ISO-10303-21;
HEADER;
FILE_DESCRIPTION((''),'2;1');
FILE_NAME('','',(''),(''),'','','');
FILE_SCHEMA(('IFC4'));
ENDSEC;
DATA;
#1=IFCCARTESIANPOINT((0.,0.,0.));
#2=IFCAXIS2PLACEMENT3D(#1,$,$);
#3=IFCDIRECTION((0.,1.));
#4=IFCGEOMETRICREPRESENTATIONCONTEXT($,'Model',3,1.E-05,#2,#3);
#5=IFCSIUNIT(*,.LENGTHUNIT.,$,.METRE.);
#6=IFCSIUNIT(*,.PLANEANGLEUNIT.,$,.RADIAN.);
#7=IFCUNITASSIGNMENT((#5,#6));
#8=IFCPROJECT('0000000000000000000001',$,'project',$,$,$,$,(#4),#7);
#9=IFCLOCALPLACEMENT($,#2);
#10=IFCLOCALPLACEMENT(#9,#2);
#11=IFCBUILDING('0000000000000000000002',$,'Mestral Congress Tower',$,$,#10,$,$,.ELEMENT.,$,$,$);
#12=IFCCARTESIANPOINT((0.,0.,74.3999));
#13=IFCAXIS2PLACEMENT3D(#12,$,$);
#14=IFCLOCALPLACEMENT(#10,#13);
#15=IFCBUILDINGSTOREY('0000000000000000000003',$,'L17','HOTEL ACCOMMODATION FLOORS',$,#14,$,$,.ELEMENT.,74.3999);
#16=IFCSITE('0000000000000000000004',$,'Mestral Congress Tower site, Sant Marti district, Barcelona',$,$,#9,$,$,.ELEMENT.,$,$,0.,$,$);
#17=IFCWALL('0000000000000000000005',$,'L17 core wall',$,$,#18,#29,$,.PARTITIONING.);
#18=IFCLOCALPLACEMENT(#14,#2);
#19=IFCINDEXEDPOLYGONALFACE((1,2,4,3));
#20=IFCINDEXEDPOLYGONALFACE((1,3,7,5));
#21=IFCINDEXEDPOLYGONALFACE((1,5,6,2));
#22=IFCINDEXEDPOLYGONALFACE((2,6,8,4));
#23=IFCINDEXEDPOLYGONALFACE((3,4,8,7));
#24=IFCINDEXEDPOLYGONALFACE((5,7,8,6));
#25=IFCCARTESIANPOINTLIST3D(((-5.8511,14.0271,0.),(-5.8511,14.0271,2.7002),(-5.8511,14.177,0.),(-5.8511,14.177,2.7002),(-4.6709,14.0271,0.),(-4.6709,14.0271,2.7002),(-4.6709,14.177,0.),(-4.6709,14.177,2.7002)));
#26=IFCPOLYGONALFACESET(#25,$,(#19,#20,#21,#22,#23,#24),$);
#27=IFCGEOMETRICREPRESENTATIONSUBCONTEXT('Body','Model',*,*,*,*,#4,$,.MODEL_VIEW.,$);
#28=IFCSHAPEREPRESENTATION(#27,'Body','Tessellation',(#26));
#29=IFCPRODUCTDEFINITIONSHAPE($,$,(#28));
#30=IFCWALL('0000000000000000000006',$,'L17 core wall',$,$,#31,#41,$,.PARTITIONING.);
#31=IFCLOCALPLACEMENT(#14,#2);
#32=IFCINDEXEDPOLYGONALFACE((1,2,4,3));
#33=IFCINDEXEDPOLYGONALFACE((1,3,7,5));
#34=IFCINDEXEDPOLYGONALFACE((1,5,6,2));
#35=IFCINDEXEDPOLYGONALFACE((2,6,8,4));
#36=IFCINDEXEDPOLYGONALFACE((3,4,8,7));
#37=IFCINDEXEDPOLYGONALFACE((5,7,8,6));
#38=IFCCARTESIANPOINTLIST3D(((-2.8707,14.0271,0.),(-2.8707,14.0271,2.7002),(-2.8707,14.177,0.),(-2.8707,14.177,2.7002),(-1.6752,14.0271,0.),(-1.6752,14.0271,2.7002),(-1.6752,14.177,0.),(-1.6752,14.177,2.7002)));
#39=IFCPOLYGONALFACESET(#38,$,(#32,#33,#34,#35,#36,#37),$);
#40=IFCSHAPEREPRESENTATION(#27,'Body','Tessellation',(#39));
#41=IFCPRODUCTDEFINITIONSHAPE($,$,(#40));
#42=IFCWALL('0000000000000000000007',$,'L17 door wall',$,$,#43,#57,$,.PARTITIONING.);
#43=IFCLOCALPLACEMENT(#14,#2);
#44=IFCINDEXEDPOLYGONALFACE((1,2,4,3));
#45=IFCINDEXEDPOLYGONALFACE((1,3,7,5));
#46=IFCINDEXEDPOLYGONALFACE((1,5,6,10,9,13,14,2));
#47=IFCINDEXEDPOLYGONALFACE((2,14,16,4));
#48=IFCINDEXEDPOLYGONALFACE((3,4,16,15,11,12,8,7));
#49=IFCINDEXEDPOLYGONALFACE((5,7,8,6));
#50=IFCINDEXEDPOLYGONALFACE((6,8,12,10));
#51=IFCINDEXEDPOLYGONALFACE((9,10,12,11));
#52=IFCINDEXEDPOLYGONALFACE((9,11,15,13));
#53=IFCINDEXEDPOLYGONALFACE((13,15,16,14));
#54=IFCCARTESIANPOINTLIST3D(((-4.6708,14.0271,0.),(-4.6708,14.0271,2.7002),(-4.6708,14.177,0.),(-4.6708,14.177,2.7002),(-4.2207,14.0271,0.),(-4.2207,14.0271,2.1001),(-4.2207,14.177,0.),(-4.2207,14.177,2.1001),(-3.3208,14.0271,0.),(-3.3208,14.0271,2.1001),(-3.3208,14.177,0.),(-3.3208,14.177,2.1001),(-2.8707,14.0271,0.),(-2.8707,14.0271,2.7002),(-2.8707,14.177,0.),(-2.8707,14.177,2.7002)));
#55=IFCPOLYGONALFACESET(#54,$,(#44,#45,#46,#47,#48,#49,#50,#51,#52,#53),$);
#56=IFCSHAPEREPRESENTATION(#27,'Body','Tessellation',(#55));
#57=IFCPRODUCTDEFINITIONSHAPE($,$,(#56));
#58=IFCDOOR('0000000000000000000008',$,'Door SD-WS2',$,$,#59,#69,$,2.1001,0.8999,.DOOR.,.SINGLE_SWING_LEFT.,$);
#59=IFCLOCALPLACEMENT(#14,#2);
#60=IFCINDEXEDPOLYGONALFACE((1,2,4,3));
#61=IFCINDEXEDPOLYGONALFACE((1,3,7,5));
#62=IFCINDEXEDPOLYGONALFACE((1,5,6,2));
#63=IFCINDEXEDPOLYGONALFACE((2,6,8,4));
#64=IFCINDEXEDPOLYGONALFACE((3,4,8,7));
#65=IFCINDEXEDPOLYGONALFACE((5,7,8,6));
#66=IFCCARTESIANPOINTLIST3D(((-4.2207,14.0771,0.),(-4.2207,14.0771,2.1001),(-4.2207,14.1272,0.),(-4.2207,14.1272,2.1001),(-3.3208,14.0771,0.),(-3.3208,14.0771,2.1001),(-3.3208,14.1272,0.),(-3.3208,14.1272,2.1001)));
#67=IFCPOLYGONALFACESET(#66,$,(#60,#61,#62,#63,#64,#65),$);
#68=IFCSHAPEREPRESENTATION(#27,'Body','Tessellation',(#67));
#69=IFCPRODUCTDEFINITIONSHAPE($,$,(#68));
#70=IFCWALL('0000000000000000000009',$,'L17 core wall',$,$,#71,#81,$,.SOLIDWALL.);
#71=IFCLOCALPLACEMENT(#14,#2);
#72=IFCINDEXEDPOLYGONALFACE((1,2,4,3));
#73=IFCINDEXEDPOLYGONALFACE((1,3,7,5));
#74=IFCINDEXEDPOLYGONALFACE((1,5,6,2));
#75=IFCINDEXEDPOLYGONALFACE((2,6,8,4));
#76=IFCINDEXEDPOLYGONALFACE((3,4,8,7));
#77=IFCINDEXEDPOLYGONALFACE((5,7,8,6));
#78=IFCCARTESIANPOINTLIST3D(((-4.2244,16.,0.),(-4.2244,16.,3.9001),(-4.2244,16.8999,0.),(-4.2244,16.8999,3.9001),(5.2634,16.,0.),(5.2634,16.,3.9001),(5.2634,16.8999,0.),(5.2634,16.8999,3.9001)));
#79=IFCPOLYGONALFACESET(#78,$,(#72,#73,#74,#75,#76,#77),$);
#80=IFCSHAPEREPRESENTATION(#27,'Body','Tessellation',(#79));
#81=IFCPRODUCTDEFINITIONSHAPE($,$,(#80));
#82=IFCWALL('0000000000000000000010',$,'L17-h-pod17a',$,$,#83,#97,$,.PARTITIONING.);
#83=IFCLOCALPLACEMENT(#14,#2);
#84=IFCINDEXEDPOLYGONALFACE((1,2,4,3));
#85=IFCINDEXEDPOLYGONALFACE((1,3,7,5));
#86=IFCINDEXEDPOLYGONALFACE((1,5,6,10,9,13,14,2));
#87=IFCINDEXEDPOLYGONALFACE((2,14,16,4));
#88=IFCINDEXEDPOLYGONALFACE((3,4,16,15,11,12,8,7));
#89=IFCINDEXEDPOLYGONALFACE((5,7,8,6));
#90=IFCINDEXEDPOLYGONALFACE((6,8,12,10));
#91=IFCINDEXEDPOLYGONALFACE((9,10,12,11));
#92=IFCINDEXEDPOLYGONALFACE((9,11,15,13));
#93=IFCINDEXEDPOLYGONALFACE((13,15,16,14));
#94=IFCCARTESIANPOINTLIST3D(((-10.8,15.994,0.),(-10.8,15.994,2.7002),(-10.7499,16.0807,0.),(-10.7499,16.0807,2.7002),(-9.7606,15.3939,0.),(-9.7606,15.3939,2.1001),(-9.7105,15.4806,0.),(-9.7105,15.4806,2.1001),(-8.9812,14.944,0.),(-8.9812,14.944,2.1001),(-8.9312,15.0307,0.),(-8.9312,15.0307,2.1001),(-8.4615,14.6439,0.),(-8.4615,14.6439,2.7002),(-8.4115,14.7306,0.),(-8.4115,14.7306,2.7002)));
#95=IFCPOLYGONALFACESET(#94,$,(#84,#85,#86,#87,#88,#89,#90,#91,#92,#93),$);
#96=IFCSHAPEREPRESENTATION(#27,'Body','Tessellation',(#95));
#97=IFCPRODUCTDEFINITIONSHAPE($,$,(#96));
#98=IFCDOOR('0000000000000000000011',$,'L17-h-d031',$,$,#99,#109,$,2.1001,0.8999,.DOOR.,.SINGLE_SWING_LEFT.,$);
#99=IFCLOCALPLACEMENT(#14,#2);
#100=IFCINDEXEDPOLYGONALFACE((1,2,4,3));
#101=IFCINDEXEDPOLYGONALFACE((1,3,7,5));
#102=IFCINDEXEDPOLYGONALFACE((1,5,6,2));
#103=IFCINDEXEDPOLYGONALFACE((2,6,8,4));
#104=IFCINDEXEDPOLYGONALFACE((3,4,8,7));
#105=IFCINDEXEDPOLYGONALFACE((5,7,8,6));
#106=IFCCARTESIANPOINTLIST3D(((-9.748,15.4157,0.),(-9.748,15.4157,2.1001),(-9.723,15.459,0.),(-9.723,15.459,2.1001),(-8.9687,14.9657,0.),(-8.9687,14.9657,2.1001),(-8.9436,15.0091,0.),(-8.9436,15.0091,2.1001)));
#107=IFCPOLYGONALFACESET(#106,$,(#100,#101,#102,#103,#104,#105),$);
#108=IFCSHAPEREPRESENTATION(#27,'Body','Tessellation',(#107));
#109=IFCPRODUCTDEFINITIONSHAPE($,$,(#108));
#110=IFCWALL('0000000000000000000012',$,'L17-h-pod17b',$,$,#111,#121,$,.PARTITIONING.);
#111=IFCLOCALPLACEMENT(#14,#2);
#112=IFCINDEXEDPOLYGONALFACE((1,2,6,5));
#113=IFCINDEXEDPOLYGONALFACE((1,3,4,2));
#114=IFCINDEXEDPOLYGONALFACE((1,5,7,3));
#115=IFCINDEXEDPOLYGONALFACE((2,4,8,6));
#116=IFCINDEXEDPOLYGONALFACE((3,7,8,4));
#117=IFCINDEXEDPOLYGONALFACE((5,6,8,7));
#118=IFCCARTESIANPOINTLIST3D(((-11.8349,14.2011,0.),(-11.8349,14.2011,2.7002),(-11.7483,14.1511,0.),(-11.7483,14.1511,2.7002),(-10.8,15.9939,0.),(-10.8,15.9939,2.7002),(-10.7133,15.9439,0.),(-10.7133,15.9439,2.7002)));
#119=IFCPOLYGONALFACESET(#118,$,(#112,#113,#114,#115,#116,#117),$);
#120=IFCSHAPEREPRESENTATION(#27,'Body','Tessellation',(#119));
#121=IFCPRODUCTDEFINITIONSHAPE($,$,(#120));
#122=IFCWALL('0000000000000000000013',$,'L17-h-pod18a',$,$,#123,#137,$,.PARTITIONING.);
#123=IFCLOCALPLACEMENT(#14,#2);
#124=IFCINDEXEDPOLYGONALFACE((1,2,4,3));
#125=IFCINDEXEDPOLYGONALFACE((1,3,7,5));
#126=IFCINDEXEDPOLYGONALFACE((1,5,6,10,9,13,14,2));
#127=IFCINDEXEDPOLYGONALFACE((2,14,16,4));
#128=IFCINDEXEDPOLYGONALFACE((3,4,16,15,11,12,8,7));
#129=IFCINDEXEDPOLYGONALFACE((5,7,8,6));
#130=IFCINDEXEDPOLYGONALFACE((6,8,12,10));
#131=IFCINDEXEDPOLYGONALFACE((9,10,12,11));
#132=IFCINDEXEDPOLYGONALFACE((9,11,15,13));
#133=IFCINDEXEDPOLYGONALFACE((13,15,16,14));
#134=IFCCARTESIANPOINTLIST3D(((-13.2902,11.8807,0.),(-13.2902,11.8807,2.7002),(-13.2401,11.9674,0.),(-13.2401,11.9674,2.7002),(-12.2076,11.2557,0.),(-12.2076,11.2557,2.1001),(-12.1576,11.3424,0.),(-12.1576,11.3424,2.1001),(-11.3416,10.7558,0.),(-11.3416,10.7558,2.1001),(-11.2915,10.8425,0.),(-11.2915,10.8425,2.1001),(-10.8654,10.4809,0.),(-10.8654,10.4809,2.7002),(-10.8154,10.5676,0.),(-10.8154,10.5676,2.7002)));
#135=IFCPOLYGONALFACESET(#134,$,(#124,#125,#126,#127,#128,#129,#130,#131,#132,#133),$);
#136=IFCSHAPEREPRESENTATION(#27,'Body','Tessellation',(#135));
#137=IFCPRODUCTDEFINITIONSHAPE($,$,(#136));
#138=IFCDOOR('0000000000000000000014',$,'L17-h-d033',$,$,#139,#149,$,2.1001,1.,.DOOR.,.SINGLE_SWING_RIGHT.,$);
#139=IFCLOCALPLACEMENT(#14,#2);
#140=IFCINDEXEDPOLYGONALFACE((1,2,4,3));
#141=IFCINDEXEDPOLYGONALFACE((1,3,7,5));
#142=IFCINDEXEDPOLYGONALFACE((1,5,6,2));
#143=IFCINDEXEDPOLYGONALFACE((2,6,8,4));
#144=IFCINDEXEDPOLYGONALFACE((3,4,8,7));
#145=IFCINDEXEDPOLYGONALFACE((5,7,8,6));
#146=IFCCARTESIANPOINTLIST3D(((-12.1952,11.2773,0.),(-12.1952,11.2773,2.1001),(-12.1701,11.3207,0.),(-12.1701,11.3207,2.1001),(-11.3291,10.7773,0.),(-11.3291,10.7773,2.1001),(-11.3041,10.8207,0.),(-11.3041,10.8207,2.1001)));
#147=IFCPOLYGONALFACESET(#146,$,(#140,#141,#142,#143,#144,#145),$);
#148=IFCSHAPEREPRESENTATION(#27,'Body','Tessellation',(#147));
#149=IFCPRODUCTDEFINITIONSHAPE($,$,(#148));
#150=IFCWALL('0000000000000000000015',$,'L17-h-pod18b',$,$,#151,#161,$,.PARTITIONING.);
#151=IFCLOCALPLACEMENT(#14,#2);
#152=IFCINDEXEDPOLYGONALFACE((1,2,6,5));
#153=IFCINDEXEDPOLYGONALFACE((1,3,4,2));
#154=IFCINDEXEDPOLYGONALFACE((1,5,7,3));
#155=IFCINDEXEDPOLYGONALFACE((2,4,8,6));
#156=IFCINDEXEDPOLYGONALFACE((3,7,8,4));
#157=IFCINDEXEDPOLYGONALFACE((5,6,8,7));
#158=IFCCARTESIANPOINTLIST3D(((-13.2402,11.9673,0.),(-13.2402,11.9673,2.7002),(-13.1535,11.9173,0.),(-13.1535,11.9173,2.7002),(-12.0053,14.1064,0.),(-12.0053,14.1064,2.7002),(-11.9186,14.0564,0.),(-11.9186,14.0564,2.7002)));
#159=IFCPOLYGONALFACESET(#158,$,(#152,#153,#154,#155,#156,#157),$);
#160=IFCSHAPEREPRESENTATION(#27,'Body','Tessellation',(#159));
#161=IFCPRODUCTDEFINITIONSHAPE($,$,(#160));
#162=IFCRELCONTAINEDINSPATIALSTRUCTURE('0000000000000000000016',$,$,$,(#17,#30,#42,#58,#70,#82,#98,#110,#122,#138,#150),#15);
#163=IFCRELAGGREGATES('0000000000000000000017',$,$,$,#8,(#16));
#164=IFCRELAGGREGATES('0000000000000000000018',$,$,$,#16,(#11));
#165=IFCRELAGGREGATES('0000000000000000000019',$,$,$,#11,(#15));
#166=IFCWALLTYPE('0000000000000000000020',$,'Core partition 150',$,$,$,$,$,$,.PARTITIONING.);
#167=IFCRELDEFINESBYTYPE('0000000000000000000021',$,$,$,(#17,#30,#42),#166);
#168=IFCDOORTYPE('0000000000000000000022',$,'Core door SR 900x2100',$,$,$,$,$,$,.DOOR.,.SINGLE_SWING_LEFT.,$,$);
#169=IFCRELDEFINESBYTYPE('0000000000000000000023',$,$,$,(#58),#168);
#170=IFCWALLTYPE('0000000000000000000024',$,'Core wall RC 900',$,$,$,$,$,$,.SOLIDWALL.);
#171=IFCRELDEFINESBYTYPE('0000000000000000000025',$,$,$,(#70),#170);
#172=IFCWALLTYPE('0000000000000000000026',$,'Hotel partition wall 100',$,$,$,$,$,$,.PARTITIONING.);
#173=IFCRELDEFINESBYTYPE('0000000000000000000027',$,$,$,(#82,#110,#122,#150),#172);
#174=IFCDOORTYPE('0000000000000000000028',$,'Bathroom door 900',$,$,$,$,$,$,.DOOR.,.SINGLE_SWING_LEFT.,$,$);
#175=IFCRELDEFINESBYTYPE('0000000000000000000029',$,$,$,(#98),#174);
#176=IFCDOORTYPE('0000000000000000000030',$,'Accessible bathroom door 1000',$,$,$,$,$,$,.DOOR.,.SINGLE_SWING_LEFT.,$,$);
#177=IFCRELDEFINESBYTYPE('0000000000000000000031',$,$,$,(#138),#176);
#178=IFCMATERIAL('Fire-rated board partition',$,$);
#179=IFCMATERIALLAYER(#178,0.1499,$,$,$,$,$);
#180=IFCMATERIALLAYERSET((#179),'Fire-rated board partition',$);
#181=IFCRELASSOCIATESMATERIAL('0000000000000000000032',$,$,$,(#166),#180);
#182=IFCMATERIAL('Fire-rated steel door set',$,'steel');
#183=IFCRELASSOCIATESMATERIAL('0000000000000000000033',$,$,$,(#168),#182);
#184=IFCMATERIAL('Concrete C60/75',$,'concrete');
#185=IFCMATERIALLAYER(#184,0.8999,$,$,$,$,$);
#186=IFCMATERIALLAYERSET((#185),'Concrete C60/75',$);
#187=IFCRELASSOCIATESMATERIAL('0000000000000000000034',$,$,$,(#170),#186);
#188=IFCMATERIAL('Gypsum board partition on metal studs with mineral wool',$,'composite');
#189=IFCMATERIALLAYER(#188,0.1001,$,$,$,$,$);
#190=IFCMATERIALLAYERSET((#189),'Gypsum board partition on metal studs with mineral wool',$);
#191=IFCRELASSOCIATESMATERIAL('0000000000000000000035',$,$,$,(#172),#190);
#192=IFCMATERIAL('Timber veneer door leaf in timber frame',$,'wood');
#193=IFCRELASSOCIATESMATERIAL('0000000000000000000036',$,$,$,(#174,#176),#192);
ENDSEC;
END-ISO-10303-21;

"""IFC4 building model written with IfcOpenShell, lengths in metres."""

from ifc_helpers import new_model, si_unit, direction, frame, frame_2d, origin, place, context, subcontext, project, spatial, rectangle, extrude, material, layer, layer_set, type_object, element, fill, save


model = new_model("IFC4")

# Units and contexts
model_context = context("Model", 3, precision=1e-05, world=origin(), true_north=direction((0.0, 1.0)))
body_context = subcontext(model_context, "Body", "Model", "MODEL_VIEW")
ifc_project = project(units=[si_unit("LENGTHUNIT", "METRE"), si_unit("PLANEANGLEUNIT", "RADIAN")], contexts=[model_context])

# Site, building, storey
site_placement = place(None, origin())
site = spatial("IfcSite", under=ifc_project, at=site_placement, Name="Mestral Congress Tower site, Sant Marti district, Barcelona", CompositionType="ELEMENT", RefElevation=0.0)
building_placement = place(site_placement, origin())
building = spatial("IfcBuilding", under=site, at=building_placement, Name="Mestral Congress Tower", CompositionType="ELEMENT")
storey_placement = place(building_placement, frame((0.0, 0.0, 74.3999)))
storey = spatial("IfcBuildingStorey", under=building, at=storey_placement, Name="L17", Description="HOTEL ACCOMMODATION FLOORS", CompositionType="ELEMENT", Elevation=74.3999)

# Walls
ifc_material_1 = material(Name="Fire-rated board partition")
ifc_layer_1 = layer(ifc_material_1, 0.1499)
ifc_layer_set_1 = layer_set([ifc_layer_1], Name="Fire-rated board partition")
wall_type_1 = type_object("IfcWallType", Name="Core partition 150", PredefinedType="PARTITIONING", material=ifc_layer_set_1)
wall_1_placement = place(storey_placement, frame((-5.8511, 14.1021, 0.0), z_axis=(0.0, 0.0, 1.0), x_axis=(1.0, 0.0, 0.0)))
element("IfcWall", 1, at=wall_1_placement, inside=storey, type_object=wall_type_1, Name="L17 core wall", PredefinedType="PARTITIONING", context=body_context, shape_type="SweptSolid", body=[
    extrude(rectangle(XDim=1.1802, YDim=0.1499, at=frame_2d((0.5901, 0.0))), origin(), (0.0, 0.0, 1.0), 2.7002),
])
wall_2_placement = place(storey_placement, frame((-2.8706, 14.1021, 0.0), z_axis=(0.0, 0.0, 1.0), x_axis=(1.0, 0.0, 0.0)))
element("IfcWall", 2, at=wall_2_placement, inside=storey, type_object=wall_type_1, Name="L17 core wall", PredefinedType="PARTITIONING", context=body_context, shape_type="SweptSolid", body=[
    extrude(rectangle(XDim=1.1956, YDim=0.1499, at=frame_2d((0.5977, 0.0))), origin(), (0.0, 0.0, 1.0), 2.7002),
])

# Wall, opening, door
wall_3_placement = place(storey_placement, frame((-2.8708, 14.1021, 0.0), z_axis=(0.0, 0.0, 1.0), x_axis=(-1.0, 0.0, 0.0)))
wall_3 = element("IfcWall", 3, at=wall_3_placement, inside=storey, type_object=wall_type_1, Name="L17 door wall", PredefinedType="PARTITIONING", context=body_context, shape_type="SweptSolid", body=[
    extrude(rectangle(XDim=1.8, YDim=0.1499, at=frame_2d((0.8999, 0.0))), origin(), (0.0, 0.0, 1.0), 2.7002),
])
opening_1_placement = place(wall_3_placement, frame((0.45, 0.0, 0.0)))
opening_1 = element("IfcOpeningElement", 4, at=opening_1_placement, cuts=wall_3, PredefinedType="OPENING", context=body_context, shape_type="SweptSolid", body=[
    extrude(rectangle(XDim=0.8999, YDim=2.1001, at=frame_2d((0.45, 1.05))), frame((0.0, 0.085, 0.0), z_axis=(0.0, -1.0, 0.0), x_axis=(1.0, 0.0, 0.0)), (0.0, 0.0, 1.0), 0.1699),
])
ifc_material_2 = material(Name="Fire-rated steel door set", Category="steel")
door_type_1 = type_object("IfcDoorType", Name="Core door SR 900x2100", OperationType="SINGLE_SWING_LEFT", PredefinedType="DOOR", material=ifc_material_2)
door_1_placement = place(opening_1_placement, origin())
door_1 = element("IfcDoor", 5, at=door_1_placement, inside=storey, type_object=door_type_1, Name="Door SD-WS2", OperationType="SINGLE_SWING_LEFT", OverallHeight=2.1001, OverallWidth=0.8999, PredefinedType="DOOR", context=body_context, shape_type="SweptSolid", body=[
    extrude(rectangle(XDim=0.8999, YDim=2.1001, at=frame_2d((0.45, 1.05))), frame((0.0, 0.0249, 0.0), z_axis=(0.0, -1.0, 0.0), x_axis=(1.0, 0.0, 0.0)), (0.0, 0.0, 1.0), 0.05),
])
fill(opening_1, door_1)

# Wall
ifc_material_3 = material(Name="Concrete C60/75", Category="concrete")
ifc_layer_2 = layer(ifc_material_3, 0.8999)
ifc_layer_set_2 = layer_set([ifc_layer_2], Name="Concrete C60/75")
wall_type_2 = type_object("IfcWallType", Name="Core wall RC 900", PredefinedType="SOLIDWALL", material=ifc_layer_set_2)
wall_4_placement = place(storey_placement, frame((-4.2244, 16.45, 0.0), z_axis=(0.0, 0.0, 1.0), x_axis=(1.0, 0.0, 0.0)))
element("IfcWall", 6, at=wall_4_placement, inside=storey, type_object=wall_type_2, Name="L17 core wall", PredefinedType="SOLIDWALL", context=body_context, shape_type="SweptSolid", body=[
    extrude(rectangle(XDim=9.4878, YDim=0.8999, at=frame_2d((4.7439, 0.0))), origin(), (0.0, 0.0, 1.0), 3.9001),
])

# Wall, opening, door
ifc_material_4 = material(Name="Gypsum board partition on metal studs with mineral wool", Category="composite")
ifc_layer_3 = layer(ifc_material_4, 0.1001)
ifc_layer_set_3 = layer_set([ifc_layer_3], Name="Gypsum board partition on metal studs with mineral wool")
wall_type_3 = type_object("IfcWallType", Name="Hotel partition wall 100", PredefinedType="PARTITIONING", material=ifc_layer_set_3)
wall_5_placement = place(storey_placement, frame((-8.4365, 14.6873, 0.0), z_axis=(0.0, 0.0, 1.0), x_axis=(-0.86602, 0.500009, 0.0)))
wall_5 = element("IfcWall", 7, at=wall_5_placement, inside=storey, type_object=wall_type_3, Name="L17-h-pod17a", PredefinedType="PARTITIONING", context=body_context, shape_type="SweptSolid", body=[
    extrude(rectangle(XDim=2.7002, YDim=0.1001, at=frame_2d((1.3501, 0.0))), origin(), (0.0, 0.0, 1.0), 2.7002),
])
opening_2_placement = place(wall_5_placement, frame((0.6001, 0.0, 0.0)))
opening_2 = element("IfcOpeningElement", 8, at=opening_2_placement, cuts=wall_5, PredefinedType="OPENING", context=body_context, shape_type="SweptSolid", body=[
    extrude(rectangle(XDim=0.8999, YDim=2.1001, at=frame_2d((0.45, 1.05))), frame((0.0, 0.0601, 0.0), z_axis=(0.0, -1.0, 0.0), x_axis=(1.0, 0.0, 0.0)), (0.0, 0.0, 1.0), 0.1201),
])
ifc_material_5 = material(Name="Timber veneer door leaf in timber frame", Category="wood")
door_type_2 = type_object("IfcDoorType", Name="Bathroom door 900", OperationType="SINGLE_SWING_LEFT", PredefinedType="DOOR", material=ifc_material_5)
door_2_placement = place(opening_2_placement, origin())
door_2 = element("IfcDoor", 9, at=door_2_placement, inside=storey, type_object=door_type_2, Name="L17-h-d031", OperationType="SINGLE_SWING_LEFT", OverallHeight=2.1001, OverallWidth=0.8999, PredefinedType="DOOR", context=body_context, shape_type="SweptSolid", body=[
    extrude(rectangle(XDim=0.8999, YDim=2.1001, at=frame_2d((0.45, 1.05))), frame((0.0, 0.0249, 0.0), z_axis=(0.0, -1.0, 0.0), x_axis=(1.0, 0.0, 0.0)), (0.0, 0.0, 1.0), 0.05),
])
fill(opening_2, door_2)

# Wall
wall_6_placement = place(storey_placement, frame((-10.7566, 15.969, 0.0), z_axis=(0.0, 0.0, 1.0), x_axis=(-0.499957, -0.86605, 0.0)))
element("IfcWall", 10, at=wall_6_placement, inside=storey, type_object=wall_type_3, Name="L17-h-pod17b", PredefinedType="PARTITIONING", context=body_context, shape_type="SweptSolid", body=[
    extrude(rectangle(XDim=2.0701, YDim=0.1001, at=frame_2d((1.0352, 0.0))), origin(), (0.0, 0.0, 1.0), 2.7002),
])

# Wall, opening, door
wall_7_placement = place(storey_placement, frame((-13.2651, 11.9241, 0.0), z_axis=(0.0, 0.0, 1.0), x_axis=(0.866035, -0.499984, 0.0)))
wall_7 = element("IfcWall", 11, at=wall_7_placement, inside=storey, type_object=wall_type_3, Name="L17-h-pod18a", PredefinedType="PARTITIONING", context=body_context, shape_type="SweptSolid", body=[
    extrude(rectangle(XDim=2.7998, YDim=0.1001, at=frame_2d((1.3999, 0.0))), origin(), (0.0, 0.0, 1.0), 2.7002),
])
opening_3_placement = place(wall_7_placement, frame((1.25, 0.0, 0.0)))
opening_3 = element("IfcOpeningElement", 12, at=opening_3_placement, cuts=wall_7, PredefinedType="OPENING", context=body_context, shape_type="SweptSolid", body=[
    extrude(rectangle(XDim=1.0, YDim=2.1001, at=frame_2d((0.5, 1.05))), frame((0.0, 0.0601, 0.0), z_axis=(0.0, -1.0, 0.0), x_axis=(1.0, 0.0, 0.0)), (0.0, 0.0, 1.0), 0.1201),
])
door_type_3 = type_object("IfcDoorType", Name="Accessible bathroom door 1000", OperationType="SINGLE_SWING_LEFT", PredefinedType="DOOR", material=ifc_material_5)
door_3_placement = place(opening_3_placement, origin())
door_3 = element("IfcDoor", 13, at=door_3_placement, inside=storey, type_object=door_type_3, Name="L17-h-d033", OperationType="SINGLE_SWING_RIGHT", OverallHeight=2.1001, OverallWidth=1.0, PredefinedType="DOOR", context=body_context, shape_type="SweptSolid", body=[
    extrude(rectangle(XDim=1.0, YDim=2.1001, at=frame_2d((0.5, 1.05))), frame((0.0, 0.0249, 0.0), z_axis=(0.0, -1.0, 0.0), x_axis=(1.0, 0.0, 0.0)), (0.0, 0.0, 1.0), 0.05),
])
fill(opening_3, door_3)

# Wall
wall_8_placement = place(storey_placement, frame((-13.1968, 11.9424, 0.0), z_axis=(0.0, 0.0, 1.0), x_axis=(0.499945, 0.866057, 0.0)))
element("IfcWall", 14, at=wall_8_placement, inside=storey, type_object=wall_type_3, Name="L17-h-pod18b", PredefinedType="PARTITIONING", context=body_context, shape_type="SweptSolid", body=[
    extrude(rectangle(XDim=2.47, YDim=0.1001, at=frame_2d((1.2349, 0.0))), origin(), (0.0, 0.0, 1.0), 2.7002),
])

save(model, "model.ifc")
